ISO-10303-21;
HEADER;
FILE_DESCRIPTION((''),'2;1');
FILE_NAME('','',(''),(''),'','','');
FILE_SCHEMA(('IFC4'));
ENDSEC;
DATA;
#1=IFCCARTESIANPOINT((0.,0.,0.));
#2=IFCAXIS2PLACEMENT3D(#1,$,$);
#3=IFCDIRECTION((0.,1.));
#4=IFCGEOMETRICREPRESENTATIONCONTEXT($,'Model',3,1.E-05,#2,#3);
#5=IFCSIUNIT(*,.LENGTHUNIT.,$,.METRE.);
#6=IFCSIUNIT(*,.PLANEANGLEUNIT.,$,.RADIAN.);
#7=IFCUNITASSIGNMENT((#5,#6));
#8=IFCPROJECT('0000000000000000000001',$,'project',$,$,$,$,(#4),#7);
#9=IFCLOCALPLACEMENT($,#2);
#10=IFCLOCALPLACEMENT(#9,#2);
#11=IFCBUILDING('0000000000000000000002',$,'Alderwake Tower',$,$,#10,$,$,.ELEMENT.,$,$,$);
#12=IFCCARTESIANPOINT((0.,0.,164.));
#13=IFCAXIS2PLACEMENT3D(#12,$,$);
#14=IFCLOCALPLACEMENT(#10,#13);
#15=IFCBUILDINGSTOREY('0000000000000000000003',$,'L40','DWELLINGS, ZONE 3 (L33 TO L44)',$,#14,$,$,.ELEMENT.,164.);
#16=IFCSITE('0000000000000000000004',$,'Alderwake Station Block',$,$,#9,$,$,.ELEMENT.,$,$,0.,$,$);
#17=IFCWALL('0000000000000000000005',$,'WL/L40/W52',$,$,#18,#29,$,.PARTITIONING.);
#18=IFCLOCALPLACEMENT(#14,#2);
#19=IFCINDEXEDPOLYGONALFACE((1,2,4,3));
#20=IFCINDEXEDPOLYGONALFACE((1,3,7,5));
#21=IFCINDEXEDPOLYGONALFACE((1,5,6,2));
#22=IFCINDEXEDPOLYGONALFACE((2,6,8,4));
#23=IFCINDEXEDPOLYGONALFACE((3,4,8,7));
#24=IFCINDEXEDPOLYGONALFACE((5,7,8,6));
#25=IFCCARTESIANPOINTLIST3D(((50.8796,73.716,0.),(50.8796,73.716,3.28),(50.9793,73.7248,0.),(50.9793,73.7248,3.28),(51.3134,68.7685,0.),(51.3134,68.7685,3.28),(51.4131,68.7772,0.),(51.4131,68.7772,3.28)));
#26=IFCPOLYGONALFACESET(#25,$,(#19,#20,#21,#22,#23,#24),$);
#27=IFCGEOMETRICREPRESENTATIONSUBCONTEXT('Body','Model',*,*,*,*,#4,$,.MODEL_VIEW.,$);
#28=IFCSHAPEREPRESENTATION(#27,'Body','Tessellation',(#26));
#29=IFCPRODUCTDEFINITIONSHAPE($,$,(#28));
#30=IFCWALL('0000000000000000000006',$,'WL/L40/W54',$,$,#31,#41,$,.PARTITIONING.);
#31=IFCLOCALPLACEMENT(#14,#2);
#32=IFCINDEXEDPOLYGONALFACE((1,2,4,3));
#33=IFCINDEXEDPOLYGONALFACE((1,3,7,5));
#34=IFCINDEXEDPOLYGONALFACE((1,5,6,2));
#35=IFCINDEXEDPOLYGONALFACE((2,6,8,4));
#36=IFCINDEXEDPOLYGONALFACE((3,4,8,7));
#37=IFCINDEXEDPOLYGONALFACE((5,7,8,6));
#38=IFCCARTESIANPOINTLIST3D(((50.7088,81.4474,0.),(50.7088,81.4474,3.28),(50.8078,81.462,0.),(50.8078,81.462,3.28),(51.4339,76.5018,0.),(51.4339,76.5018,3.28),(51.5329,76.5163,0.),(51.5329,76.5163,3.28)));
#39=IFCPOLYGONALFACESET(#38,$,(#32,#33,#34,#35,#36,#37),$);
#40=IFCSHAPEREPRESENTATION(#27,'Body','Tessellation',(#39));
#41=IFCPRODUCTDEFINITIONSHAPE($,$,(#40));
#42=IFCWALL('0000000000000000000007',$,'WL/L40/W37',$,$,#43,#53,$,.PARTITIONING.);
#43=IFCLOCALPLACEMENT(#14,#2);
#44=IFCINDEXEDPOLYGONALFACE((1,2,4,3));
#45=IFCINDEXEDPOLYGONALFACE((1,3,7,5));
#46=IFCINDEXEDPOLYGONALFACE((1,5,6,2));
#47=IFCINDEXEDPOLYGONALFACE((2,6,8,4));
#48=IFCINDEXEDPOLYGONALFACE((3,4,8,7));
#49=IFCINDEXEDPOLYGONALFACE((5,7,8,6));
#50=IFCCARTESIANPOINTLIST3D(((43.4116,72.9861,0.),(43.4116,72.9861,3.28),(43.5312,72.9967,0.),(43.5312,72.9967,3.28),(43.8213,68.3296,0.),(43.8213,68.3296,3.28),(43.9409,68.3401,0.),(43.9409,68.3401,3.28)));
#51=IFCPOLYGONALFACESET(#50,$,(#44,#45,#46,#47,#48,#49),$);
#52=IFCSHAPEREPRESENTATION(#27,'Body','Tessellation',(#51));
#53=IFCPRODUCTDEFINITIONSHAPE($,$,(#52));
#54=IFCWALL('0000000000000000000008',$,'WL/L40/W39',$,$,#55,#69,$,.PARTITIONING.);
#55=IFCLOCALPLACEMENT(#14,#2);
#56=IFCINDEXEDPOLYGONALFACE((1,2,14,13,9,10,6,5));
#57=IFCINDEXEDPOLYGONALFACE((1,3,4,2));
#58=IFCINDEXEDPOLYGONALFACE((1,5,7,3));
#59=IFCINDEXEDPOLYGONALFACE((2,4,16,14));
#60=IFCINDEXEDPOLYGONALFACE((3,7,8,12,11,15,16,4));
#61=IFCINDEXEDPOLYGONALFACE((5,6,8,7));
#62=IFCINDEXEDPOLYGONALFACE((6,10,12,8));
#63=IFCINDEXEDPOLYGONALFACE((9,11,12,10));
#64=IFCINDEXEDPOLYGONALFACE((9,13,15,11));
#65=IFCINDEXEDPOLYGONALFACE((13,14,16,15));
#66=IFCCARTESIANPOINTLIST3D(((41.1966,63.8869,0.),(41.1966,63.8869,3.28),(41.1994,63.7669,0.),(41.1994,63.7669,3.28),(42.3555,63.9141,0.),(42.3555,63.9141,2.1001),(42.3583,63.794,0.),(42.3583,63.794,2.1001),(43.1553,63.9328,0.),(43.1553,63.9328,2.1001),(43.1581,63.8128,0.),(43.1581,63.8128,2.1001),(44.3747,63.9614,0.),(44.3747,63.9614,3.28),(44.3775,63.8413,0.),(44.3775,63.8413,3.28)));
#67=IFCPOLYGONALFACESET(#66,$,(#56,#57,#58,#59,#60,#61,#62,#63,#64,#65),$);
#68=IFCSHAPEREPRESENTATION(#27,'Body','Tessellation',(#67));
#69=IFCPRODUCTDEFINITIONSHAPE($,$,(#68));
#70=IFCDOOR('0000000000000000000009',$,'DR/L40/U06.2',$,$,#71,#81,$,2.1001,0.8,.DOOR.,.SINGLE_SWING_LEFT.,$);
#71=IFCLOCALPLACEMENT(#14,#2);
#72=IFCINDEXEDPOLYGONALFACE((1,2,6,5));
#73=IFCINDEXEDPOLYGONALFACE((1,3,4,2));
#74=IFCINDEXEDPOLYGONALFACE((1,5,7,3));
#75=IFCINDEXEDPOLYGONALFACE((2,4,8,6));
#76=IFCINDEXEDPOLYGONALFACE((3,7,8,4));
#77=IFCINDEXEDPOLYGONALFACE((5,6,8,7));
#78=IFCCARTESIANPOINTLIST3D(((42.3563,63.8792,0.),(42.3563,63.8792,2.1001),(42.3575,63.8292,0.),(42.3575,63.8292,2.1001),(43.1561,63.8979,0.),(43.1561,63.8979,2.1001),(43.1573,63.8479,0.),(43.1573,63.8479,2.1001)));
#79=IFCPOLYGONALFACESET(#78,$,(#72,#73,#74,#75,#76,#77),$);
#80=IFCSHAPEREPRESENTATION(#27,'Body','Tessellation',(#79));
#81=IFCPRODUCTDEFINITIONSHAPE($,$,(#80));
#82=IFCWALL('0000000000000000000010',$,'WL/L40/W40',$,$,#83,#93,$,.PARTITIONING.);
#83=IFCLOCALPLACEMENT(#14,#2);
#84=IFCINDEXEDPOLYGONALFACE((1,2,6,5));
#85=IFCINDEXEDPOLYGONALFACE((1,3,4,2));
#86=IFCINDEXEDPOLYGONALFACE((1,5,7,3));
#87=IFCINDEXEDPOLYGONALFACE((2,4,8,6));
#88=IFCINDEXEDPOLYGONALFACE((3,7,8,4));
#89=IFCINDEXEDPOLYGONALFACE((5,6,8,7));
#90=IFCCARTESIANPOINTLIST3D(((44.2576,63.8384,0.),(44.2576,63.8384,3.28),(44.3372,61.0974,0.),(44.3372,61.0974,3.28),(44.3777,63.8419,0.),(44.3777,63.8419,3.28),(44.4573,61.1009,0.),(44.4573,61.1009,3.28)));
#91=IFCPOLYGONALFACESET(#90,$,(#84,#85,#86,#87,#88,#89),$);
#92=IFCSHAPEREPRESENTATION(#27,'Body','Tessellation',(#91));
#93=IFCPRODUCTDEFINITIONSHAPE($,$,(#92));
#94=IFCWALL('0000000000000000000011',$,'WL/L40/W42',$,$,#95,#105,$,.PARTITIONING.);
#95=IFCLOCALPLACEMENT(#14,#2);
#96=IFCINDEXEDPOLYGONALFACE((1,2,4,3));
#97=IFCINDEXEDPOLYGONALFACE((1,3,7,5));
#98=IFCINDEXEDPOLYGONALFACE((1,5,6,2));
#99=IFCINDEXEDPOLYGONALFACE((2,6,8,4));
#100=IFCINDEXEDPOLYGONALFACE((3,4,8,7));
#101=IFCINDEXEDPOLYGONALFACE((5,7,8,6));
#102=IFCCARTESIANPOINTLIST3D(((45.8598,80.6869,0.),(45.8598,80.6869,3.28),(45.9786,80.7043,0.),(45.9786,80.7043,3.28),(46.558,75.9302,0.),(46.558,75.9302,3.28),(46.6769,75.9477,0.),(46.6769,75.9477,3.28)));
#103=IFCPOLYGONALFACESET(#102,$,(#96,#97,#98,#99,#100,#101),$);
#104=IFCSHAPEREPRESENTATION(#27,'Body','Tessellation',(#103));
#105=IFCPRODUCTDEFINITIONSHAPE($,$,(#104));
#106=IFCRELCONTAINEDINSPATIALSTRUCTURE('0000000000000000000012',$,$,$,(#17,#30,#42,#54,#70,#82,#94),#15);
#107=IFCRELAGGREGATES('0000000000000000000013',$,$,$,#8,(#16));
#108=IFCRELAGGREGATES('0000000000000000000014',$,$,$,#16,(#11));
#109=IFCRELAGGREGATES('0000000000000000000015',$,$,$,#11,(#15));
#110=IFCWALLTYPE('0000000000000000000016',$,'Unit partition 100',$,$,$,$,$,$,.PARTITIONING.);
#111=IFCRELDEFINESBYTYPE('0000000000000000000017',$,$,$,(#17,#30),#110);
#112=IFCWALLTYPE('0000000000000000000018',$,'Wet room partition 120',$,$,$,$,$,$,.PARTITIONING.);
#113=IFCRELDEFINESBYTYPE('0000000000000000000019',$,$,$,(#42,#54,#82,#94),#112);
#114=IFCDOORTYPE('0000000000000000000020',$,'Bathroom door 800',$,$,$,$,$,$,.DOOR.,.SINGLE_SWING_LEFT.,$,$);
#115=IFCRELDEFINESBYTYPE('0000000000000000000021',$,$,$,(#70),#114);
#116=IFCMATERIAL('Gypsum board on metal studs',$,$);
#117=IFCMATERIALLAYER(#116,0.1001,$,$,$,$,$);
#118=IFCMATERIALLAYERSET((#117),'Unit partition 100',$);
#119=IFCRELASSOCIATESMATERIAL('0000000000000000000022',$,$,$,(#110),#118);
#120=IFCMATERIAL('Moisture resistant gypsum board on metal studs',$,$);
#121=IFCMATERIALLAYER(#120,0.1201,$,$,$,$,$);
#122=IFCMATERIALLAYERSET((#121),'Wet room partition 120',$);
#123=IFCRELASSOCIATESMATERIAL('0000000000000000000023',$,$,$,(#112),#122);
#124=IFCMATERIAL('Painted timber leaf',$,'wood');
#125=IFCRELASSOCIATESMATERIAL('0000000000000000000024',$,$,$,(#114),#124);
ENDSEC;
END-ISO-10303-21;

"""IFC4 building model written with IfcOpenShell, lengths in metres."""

from ifc_helpers import new_model, si_unit, direction, frame, frame_2d, origin, place, context, subcontext, project, spatial, rectangle, extrude, material, layer, layer_set, type_object, element, fill, save


model = new_model("IFC4")

# Units and contexts
model_context = context("Model", 3, precision=1e-05, world=origin(), true_north=direction((0.0, 1.0)))
body_context = subcontext(model_context, "Body", "Model", "MODEL_VIEW")
ifc_project = project(units=[si_unit("LENGTHUNIT", "METRE"), si_unit("PLANEANGLEUNIT", "RADIAN")], contexts=[model_context])

# Site, building, storey
site_placement = place(None, origin())
site = spatial("IfcSite", under=ifc_project, at=site_placement, Name="Alderwake Station Block", CompositionType="ELEMENT", RefElevation=0.0)
building_placement = place(site_placement, origin())
building = spatial("IfcBuilding", under=site, at=building_placement, Name="Alderwake Tower", CompositionType="ELEMENT")
storey_placement = place(building_placement, frame((0.0, 0.0, 164.0)))
storey = spatial("IfcBuildingStorey", under=building, at=storey_placement, Name="L40", Description="DWELLINGS, ZONE 3 (L33 TO L44)", CompositionType="ELEMENT", Elevation=164.0)

# Walls
ifc_material_1 = material(Name="Gypsum board on metal studs")
ifc_layer_1 = layer(ifc_material_1, 0.1001)
ifc_layer_set_1 = layer_set([ifc_layer_1], Name="Unit partition 100")
wall_type_1 = type_object("IfcWallType", Name="Unit partition 100", PredefinedType="PARTITIONING", material=ifc_layer_set_1)
wall_1_placement = place(storey_placement, frame((51.3633, 68.7727, 0.0), z_axis=(0.0, 0.0, 1.0), x_axis=(-0.087353, 0.996177, 0.0)))
element("IfcWall", 1, at=wall_1_placement, inside=storey, type_object=wall_type_1, Name="WL/L40/W52", PredefinedType="PARTITIONING", context=body_context, shape_type="SweptSolid", body=[
    extrude(rectangle(XDim=4.9666, YDim=0.1001, at=frame_2d((2.4834, 0.0))), origin(), (0.0, 0.0, 1.0), 3.28),
])
wall_2_placement = place(storey_placement, frame((51.4834, 76.509, 0.0), z_axis=(0.0, 0.0, 1.0), x_axis=(-0.145065, 0.989422, 0.0)))
element("IfcWall", 2, at=wall_2_placement, inside=storey, type_object=wall_type_1, Name="WL/L40/W54", PredefinedType="PARTITIONING", context=body_context, shape_type="SweptSolid", body=[
    extrude(rectangle(XDim=4.9985, YDim=0.1001, at=frame_2d((2.4993, 0.0))), origin(), (0.0, 0.0, 1.0), 3.28),
])
ifc_material_2 = material(Name="Moisture resistant gypsum board on metal studs")
ifc_layer_2 = layer(ifc_material_2, 0.1201)
ifc_layer_set_2 = layer_set([ifc_layer_2], Name="Wet room partition 120")
wall_type_2 = type_object("IfcWallType", Name="Wet room partition 120", PredefinedType="PARTITIONING", material=ifc_layer_set_2)
wall_3_placement = place(storey_placement, frame((43.8811, 68.3347, 0.0), z_axis=(0.0, 0.0, 1.0), x_axis=(-0.087639, 0.996152, 0.0)))
element("IfcWall", 3, at=wall_3_placement, inside=storey, type_object=wall_type_2, Name="WL/L40/W37", PredefinedType="PARTITIONING", context=body_context, shape_type="SweptSolid", body=[
    extrude(rectangle(XDim=4.6746, YDim=0.1201, at=frame_2d((2.3374, 0.0))), origin(), (0.0, 0.0, 1.0), 3.28),
])

# Wall, opening, door
wall_4_placement = place(storey_placement, frame((44.376, 63.9014, 0.0), z_axis=(0.0, 0.0, 1.0), x_axis=(-0.999726, -0.023424, 0.0)))
wall_4 = element("IfcWall", 4, at=wall_4_placement, inside=storey, type_object=wall_type_2, Name="WL/L40/W39", PredefinedType="PARTITIONING", context=body_context, shape_type="SweptSolid", body=[
    extrude(rectangle(XDim=3.179, YDim=0.1201, at=frame_2d((1.5894, 0.0))), origin(), (0.0, 0.0, 1.0), 3.28),
])
opening_1_placement = place(wall_4_placement, frame((1.2197, 0.0, 0.0)))
opening_1 = element("IfcOpeningElement", 5, at=opening_1_placement, cuts=wall_4, PredefinedType="OPENING", context=body_context, shape_type="SweptSolid", body=[
    extrude(rectangle(XDim=0.8, YDim=2.1001, at=frame_2d((0.3999, 1.05))), frame((0.0, 0.0701, 0.0), z_axis=(0.0, -1.0, 0.0), x_axis=(1.0, 0.0, 0.0)), (0.0, 0.0, 1.0), 0.1401),
])
ifc_material_3 = material(Name="Painted timber leaf", Category="wood")
door_type_1 = type_object("IfcDoorType", Name="Bathroom door 800", OperationType="SINGLE_SWING_LEFT", PredefinedType="DOOR", material=ifc_material_3)
door_1_placement = place(opening_1_placement, origin())
door_1 = element("IfcDoor", 6, at=door_1_placement, inside=storey, type_object=door_type_1, Name="DR/L40/U06.2", OperationType="SINGLE_SWING_LEFT", OverallHeight=2.1001, OverallWidth=0.8, PredefinedType="DOOR", context=body_context, shape_type="SweptSolid", body=[
    extrude(rectangle(XDim=0.8, YDim=2.1001, at=frame_2d((0.3999, 1.05))), frame((0.0, 0.0249, 0.0), z_axis=(0.0, -1.0, 0.0), x_axis=(1.0, 0.0, 0.0)), (0.0, 0.0, 1.0), 0.05),
])
fill(opening_1, door_1)

# Walls
wall_5_placement = place(storey_placement, frame((44.3972, 61.0991, 0.0), z_axis=(0.0, 0.0, 1.0), x_axis=(-0.029025, 0.999579, 0.0)))
element("IfcWall", 7, at=wall_5_placement, inside=storey, type_object=wall_type_2, Name="WL/L40/W40", PredefinedType="PARTITIONING", context=body_context, shape_type="SweptSolid", body=[
    extrude(rectangle(XDim=2.7422, YDim=0.1201, at=frame_2d((1.3711, 0.0))), origin(), (0.0, 0.0, 1.0), 3.28),
])
wall_6_placement = place(storey_placement, frame((46.6174, 75.939, 0.0), z_axis=(0.0, 0.0, 1.0), x_axis=(-0.145238, 0.989397, 0.0)))
element("IfcWall", 8, at=wall_6_placement, inside=storey, type_object=wall_type_2, Name="WL/L40/W42", PredefinedType="PARTITIONING", context=body_context, shape_type="SweptSolid", body=[
    extrude(rectangle(XDim=4.8076, YDim=0.1201, at=frame_2d((2.4038, 0.0))), origin(), (0.0, 0.0, 1.0), 3.28),
])

save(model, "model.ifc")
